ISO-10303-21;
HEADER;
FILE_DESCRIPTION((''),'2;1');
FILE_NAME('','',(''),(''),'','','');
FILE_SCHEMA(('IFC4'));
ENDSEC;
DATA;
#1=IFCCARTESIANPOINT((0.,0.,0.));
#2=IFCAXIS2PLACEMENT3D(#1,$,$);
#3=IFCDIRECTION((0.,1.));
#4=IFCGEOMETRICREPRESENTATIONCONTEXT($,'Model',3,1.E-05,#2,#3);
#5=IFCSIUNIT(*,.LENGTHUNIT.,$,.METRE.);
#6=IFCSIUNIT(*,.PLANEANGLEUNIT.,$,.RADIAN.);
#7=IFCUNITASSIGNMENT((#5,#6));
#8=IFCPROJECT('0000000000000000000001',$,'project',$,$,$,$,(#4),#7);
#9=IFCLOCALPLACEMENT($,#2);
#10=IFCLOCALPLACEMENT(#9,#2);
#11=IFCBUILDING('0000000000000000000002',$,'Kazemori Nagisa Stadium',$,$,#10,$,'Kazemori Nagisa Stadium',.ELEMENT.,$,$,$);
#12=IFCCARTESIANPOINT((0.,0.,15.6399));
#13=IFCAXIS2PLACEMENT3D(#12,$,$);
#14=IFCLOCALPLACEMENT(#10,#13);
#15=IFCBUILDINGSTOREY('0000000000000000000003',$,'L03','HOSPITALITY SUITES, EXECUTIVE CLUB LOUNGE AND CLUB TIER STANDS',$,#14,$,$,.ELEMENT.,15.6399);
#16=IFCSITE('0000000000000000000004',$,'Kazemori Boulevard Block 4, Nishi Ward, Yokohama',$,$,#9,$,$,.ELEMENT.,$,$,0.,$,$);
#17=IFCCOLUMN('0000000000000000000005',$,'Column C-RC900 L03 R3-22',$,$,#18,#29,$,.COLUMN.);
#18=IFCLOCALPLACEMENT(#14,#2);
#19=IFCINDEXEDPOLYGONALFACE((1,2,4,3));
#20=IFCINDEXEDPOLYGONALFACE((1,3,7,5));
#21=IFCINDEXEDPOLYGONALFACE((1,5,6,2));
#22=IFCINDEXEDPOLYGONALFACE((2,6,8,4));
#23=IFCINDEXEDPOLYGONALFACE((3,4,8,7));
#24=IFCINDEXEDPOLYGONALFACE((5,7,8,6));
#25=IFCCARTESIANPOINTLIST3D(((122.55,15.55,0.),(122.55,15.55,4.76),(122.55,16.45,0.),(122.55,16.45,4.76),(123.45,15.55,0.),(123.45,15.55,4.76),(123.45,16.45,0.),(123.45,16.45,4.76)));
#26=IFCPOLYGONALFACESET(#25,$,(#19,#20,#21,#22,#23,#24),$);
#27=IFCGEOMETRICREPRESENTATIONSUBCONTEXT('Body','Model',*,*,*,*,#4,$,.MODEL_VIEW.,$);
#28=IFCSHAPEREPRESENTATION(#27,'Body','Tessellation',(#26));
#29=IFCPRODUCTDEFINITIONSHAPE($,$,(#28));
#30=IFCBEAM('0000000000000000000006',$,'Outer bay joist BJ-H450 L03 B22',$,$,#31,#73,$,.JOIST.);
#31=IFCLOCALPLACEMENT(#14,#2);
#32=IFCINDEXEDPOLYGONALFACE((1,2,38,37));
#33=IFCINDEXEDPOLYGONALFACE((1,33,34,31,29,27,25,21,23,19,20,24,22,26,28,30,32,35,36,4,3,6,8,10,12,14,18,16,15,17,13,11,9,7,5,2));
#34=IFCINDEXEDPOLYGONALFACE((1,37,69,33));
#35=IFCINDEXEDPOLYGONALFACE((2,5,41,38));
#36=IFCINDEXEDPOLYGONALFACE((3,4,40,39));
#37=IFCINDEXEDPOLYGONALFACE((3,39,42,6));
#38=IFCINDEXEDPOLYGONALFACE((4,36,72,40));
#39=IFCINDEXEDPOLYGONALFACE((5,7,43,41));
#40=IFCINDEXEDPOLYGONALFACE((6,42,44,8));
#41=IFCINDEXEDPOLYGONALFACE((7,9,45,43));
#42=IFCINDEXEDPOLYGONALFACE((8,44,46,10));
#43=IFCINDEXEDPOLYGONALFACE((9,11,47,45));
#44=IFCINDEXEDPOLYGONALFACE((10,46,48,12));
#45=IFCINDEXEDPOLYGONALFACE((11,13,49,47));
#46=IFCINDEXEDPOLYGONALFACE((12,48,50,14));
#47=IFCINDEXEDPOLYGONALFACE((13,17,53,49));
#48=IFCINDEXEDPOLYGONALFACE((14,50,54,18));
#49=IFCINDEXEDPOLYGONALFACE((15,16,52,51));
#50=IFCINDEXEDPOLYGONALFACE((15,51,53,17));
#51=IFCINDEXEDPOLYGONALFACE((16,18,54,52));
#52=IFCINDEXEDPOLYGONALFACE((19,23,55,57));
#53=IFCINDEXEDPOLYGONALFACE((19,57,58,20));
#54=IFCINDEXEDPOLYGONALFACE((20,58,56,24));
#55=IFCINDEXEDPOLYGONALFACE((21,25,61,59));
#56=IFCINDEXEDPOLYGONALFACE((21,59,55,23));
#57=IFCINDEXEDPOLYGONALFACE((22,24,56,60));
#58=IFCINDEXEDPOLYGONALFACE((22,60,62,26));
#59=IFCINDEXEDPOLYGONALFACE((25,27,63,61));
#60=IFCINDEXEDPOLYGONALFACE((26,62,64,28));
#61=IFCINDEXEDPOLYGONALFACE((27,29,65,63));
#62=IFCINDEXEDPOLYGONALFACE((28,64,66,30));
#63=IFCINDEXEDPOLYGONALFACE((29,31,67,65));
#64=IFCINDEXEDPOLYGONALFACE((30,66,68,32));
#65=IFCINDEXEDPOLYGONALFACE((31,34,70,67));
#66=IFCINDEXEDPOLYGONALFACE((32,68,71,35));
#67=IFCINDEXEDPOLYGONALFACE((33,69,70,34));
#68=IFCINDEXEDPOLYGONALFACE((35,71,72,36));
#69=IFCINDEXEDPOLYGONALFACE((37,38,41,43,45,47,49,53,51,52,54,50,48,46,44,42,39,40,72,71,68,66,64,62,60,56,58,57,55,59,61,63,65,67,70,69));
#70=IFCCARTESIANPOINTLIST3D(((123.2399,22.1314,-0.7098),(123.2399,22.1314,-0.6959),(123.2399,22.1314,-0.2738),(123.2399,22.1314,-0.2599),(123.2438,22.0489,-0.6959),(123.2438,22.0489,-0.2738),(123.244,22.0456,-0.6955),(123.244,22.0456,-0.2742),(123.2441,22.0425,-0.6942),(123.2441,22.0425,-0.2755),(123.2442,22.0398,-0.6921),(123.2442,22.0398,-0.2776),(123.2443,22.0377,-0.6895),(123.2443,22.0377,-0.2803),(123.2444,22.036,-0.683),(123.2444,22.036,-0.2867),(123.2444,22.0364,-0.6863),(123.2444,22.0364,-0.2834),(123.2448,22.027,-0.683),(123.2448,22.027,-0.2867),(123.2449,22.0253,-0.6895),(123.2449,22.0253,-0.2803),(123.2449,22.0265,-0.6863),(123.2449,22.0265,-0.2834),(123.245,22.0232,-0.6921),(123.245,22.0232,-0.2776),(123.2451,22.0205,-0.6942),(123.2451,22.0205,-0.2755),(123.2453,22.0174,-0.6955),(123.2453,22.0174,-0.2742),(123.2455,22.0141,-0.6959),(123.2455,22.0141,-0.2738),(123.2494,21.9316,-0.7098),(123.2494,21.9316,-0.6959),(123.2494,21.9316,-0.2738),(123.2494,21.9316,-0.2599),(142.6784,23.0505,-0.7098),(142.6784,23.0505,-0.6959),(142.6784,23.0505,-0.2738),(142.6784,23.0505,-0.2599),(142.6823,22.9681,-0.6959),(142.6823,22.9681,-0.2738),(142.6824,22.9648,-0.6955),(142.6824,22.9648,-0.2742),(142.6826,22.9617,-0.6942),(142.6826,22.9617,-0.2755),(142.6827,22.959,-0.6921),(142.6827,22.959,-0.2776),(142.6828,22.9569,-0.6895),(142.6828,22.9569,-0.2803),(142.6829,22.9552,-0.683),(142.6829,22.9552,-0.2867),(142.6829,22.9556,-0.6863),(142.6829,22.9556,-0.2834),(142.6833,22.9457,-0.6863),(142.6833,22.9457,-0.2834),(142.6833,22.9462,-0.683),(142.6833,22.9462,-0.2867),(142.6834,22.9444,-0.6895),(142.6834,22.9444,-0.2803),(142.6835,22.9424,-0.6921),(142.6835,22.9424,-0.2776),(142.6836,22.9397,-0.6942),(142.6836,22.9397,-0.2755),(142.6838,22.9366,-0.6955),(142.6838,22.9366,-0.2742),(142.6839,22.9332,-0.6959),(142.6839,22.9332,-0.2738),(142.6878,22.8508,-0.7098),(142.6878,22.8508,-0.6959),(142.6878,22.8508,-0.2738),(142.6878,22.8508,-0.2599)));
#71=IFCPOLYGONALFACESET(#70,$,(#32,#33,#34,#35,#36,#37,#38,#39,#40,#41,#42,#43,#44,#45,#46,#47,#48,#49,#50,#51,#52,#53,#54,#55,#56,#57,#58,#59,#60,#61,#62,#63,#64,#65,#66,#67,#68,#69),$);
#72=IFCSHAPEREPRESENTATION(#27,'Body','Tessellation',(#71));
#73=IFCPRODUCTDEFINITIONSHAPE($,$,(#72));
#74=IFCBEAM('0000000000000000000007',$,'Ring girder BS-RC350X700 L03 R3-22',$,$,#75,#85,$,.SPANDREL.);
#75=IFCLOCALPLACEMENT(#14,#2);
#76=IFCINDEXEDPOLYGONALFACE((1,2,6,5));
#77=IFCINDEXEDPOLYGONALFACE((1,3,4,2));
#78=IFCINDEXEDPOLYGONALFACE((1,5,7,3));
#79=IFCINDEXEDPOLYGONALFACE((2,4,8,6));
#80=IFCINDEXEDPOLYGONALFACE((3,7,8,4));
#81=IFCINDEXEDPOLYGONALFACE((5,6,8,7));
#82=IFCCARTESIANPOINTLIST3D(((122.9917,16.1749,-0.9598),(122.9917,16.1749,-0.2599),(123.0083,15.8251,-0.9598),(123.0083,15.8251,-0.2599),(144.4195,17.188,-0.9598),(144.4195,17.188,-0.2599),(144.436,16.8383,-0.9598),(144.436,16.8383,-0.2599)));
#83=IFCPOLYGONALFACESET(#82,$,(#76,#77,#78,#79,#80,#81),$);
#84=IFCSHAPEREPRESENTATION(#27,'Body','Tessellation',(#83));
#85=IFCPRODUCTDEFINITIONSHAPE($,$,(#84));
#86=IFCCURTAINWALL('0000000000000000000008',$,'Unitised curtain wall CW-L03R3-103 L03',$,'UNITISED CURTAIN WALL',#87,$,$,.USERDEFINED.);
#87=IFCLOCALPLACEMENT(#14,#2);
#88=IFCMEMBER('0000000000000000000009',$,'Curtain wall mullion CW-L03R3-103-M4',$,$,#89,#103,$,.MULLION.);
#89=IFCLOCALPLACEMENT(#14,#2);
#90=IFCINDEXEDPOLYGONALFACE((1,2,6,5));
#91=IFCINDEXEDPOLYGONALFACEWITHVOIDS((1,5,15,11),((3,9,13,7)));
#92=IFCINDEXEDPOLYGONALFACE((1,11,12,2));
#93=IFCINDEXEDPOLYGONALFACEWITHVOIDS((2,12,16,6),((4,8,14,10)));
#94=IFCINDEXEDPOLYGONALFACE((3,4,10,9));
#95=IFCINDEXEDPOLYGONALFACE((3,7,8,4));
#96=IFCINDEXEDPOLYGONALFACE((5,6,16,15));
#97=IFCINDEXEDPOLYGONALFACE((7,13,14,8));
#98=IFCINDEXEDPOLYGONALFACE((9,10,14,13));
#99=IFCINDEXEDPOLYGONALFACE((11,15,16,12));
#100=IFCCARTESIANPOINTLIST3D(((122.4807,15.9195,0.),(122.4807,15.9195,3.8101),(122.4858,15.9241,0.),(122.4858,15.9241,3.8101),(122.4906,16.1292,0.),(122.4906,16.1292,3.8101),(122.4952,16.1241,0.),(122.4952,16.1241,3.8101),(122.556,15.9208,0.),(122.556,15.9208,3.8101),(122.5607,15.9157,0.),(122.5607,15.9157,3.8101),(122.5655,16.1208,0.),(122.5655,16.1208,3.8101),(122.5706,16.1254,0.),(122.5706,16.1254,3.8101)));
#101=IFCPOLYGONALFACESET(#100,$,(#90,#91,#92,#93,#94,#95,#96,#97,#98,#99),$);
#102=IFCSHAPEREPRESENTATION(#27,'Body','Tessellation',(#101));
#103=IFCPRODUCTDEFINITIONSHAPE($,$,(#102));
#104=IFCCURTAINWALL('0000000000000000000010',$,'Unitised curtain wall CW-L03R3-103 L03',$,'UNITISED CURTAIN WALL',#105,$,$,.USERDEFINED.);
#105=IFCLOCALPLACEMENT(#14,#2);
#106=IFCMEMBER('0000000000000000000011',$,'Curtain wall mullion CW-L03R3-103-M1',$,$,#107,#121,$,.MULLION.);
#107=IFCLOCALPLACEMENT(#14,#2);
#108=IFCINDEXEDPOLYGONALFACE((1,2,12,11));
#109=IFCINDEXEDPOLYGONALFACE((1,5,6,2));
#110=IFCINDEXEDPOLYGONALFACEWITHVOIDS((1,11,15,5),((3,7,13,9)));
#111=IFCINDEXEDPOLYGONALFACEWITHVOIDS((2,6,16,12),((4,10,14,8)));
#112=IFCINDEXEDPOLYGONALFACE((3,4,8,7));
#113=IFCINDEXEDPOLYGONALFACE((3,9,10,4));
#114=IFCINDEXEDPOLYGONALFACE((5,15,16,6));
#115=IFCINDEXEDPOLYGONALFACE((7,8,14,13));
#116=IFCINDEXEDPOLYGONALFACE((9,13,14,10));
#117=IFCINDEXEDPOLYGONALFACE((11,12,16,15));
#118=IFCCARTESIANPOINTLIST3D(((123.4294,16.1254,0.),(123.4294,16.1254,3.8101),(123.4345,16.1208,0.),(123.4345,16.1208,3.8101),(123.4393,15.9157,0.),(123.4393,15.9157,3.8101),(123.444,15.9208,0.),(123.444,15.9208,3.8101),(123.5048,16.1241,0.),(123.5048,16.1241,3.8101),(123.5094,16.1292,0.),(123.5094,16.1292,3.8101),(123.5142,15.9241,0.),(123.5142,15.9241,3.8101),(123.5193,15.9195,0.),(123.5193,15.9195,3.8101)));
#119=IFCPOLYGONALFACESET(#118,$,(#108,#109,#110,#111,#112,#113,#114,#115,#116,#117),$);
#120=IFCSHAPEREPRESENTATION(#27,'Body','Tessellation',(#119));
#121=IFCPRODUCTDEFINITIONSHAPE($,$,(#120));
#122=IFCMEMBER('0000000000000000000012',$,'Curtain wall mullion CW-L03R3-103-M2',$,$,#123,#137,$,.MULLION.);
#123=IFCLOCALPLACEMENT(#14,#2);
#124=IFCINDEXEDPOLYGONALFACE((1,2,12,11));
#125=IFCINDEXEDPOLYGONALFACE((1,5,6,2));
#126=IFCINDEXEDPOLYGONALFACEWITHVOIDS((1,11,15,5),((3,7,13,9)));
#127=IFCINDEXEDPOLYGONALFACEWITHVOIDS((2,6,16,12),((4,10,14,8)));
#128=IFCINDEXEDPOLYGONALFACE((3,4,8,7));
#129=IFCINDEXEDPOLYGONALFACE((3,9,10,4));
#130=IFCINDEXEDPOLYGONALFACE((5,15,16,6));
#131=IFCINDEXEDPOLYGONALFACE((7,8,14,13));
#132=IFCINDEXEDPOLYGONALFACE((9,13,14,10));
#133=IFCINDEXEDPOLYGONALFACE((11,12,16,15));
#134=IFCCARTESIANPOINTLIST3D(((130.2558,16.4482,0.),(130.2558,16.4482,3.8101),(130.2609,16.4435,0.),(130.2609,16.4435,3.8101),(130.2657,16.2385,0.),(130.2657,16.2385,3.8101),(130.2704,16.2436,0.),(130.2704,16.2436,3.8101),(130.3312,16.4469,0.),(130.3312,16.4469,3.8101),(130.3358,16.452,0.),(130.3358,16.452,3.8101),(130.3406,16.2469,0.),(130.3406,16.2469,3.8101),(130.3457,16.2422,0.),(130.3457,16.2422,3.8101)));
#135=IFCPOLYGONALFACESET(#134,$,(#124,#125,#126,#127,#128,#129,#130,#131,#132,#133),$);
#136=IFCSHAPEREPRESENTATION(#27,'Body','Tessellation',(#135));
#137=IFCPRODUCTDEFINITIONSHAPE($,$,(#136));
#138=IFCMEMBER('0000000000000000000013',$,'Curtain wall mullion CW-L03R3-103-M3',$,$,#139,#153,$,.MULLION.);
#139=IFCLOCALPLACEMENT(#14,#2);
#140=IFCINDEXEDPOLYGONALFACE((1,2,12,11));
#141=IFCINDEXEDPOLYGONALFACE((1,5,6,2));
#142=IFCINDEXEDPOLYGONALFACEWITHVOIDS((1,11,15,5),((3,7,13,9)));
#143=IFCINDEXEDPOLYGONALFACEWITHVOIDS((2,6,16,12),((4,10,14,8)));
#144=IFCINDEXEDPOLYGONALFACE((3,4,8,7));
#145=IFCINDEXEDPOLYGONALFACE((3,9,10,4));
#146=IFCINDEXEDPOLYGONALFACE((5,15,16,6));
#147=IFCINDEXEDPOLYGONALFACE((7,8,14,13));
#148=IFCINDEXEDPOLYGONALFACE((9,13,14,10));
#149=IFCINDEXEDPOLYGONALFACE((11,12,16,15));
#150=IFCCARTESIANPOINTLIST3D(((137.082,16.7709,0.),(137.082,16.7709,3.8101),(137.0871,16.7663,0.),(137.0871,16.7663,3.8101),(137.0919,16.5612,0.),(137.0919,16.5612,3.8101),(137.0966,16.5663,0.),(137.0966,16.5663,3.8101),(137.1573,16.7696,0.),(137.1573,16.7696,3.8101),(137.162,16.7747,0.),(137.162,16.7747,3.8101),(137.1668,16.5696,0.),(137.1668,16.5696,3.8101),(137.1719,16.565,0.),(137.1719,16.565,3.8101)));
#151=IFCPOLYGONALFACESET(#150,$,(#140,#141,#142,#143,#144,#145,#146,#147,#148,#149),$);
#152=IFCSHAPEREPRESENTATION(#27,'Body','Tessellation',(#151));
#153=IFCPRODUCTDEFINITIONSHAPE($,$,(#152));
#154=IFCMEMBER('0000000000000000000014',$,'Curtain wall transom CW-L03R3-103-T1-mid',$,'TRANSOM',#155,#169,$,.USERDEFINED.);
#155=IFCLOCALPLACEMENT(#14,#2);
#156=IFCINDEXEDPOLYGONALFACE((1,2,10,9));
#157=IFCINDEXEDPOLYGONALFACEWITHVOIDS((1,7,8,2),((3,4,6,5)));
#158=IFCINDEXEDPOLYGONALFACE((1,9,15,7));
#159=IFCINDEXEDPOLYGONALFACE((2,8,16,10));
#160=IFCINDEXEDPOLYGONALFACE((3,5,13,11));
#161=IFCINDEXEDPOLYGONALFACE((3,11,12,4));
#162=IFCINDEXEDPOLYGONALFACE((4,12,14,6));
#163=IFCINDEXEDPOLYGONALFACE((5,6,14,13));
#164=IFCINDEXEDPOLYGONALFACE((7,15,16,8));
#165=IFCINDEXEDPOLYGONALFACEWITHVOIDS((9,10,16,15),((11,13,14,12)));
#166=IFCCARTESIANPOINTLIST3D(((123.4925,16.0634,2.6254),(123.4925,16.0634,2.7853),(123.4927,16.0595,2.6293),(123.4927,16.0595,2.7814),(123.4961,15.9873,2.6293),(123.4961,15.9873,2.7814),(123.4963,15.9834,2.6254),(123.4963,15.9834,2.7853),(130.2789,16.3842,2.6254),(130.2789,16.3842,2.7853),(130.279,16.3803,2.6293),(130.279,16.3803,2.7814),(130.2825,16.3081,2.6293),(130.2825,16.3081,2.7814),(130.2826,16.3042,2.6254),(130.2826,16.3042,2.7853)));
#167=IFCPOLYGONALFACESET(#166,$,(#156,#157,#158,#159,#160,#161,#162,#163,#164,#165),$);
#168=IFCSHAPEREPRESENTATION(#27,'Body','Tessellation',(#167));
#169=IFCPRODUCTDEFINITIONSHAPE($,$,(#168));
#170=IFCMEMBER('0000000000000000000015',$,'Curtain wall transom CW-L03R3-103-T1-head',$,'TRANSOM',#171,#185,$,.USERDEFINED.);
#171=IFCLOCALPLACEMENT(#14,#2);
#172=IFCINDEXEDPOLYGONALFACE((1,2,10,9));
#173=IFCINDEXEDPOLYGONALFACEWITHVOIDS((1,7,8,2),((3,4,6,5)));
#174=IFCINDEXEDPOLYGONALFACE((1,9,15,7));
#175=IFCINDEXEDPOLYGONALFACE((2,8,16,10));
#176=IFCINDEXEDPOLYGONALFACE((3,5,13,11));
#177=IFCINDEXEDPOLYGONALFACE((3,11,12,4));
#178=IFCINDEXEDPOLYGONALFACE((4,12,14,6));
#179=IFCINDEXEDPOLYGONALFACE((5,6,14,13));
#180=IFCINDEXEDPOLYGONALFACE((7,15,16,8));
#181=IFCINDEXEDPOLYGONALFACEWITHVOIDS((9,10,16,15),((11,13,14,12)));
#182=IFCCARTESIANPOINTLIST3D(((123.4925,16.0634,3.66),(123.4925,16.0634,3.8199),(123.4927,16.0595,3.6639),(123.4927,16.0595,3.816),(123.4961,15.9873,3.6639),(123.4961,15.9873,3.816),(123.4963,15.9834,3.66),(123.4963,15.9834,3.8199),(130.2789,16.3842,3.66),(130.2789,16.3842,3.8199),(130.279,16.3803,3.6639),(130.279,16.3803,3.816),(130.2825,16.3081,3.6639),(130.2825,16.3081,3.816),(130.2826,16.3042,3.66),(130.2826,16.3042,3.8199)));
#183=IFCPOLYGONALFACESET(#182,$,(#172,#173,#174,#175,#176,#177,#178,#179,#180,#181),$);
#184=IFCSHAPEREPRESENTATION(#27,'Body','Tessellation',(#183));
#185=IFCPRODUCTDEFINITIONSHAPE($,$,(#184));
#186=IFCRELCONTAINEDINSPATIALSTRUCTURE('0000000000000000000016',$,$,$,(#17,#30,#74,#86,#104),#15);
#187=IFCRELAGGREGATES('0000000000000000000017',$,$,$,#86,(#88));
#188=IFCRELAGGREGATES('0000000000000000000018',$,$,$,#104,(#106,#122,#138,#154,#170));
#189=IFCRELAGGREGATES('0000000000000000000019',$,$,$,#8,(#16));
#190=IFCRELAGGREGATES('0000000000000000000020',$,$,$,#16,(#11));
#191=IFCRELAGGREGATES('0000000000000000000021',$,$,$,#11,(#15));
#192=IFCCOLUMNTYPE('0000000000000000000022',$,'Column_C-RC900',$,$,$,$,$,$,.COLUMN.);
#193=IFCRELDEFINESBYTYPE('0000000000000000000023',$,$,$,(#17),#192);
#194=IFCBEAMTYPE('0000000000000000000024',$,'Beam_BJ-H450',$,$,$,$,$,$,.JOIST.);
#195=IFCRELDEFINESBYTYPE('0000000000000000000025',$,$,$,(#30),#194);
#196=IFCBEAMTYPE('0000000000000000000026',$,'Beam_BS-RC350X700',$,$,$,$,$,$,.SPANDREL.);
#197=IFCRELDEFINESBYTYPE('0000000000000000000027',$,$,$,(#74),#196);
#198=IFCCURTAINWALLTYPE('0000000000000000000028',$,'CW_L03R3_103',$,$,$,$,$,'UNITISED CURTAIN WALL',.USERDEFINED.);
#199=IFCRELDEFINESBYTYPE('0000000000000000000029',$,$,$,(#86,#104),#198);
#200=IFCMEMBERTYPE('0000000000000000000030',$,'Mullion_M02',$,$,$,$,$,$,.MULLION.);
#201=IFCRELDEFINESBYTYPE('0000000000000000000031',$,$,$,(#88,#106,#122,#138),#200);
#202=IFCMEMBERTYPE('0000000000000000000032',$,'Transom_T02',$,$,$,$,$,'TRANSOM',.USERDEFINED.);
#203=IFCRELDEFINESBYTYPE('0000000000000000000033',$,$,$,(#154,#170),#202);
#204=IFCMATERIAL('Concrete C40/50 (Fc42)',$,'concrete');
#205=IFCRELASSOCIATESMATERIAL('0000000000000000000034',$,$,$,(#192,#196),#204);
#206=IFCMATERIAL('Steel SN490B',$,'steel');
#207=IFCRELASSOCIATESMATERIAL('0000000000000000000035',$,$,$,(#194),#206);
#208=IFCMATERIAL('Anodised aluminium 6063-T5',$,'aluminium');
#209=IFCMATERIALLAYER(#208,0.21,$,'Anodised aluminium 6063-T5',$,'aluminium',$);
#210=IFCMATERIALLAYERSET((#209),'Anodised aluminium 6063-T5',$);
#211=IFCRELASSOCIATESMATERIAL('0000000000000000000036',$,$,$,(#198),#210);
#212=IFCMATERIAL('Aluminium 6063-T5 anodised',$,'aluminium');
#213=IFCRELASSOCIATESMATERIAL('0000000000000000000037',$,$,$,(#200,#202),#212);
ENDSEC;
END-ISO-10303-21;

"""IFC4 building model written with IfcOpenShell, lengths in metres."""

from ifc_helpers import new_model, si_unit, direction, frame, origin, origin_2d, place, context, subcontext, project, spatial, rectangle, hollow_rectangle, i_section, extrude, material, layer, layer_set, material_profile, profile_set, type_object, element, aggregate, save


model = new_model("IFC4")

# Units and contexts
model_context = context("Model", 3, precision=1e-05, world=origin(), true_north=direction((0.0, 1.0)))
body_context = subcontext(model_context, "Body", "Model", "MODEL_VIEW")
ifc_project = project(units=[si_unit("LENGTHUNIT", "METRE"), si_unit("PLANEANGLEUNIT", "RADIAN")], contexts=[model_context])

# Site, building, storey
site_placement = place(None, origin())
site = spatial("IfcSite", under=ifc_project, at=site_placement, Name="Kazemori Boulevard Block 4, Nishi Ward, Yokohama", CompositionType="ELEMENT", RefElevation=0.0)
building_placement = place(site_placement, origin())
building = spatial("IfcBuilding", under=site, at=building_placement, Name="Kazemori Nagisa Stadium", LongName="Kazemori Nagisa Stadium", CompositionType="ELEMENT")
storey_placement = place(building_placement, frame((0.0, 0.0, 15.6399)))
storey = spatial("IfcBuildingStorey", under=building, at=storey_placement, Name="L03", Description="HOSPITALITY SUITES, EXECUTIVE CLUB LOUNGE AND CLUB TIER STANDS", CompositionType="ELEMENT", Elevation=15.6399)

# Column
ifc_material_1 = material(Name="Concrete C40/50 (Fc42)", Category="concrete")
ifc_material_profile_1 = material_profile(ifc_material_1, rectangle(XDim=0.8999, YDim=0.8999, at=origin_2d()), Name="RC-COL-900x900")
ifc_profile_set_1 = profile_set([ifc_material_profile_1], Name="Concrete C40/50 (Fc42)")
column_type = type_object("IfcColumnType", Name="Column_C-RC900", PredefinedType="COLUMN", material=ifc_profile_set_1)
column_placement = place(storey_placement, frame((123.0, 16.0, 0.0), z_axis=(0.0, 0.0, 1.0), x_axis=(0.0, -1.0, 0.0)))
element("IfcColumn", 1, at=column_placement, inside=storey, type_object=column_type, Name="Column C-RC900 L03 R3-22", PredefinedType="COLUMN", context=body_context, shape_type="SweptSolid", body=[
    extrude(rectangle(XDim=0.8999, YDim=0.8999, at=origin_2d()), origin(), (0.0, 0.0, 1.0), 4.76),
])

# Beams
ifc_material_2 = material(Name="Steel SN490B", Category="steel")
ifc_material_profile_2 = material_profile(ifc_material_2, i_section(OverallWidth=0.2, OverallDepth=0.45, WebThickness=0.009, FlangeThickness=0.0139, FilletRadius=0.0129, at=origin_2d()), Name="H-450x200x9x14")
ifc_profile_set_2 = profile_set([ifc_material_profile_2], Name="Steel SN490B")
beam_type_1 = type_object("IfcBeamType", Name="Beam_BJ-H450", PredefinedType="JOIST", material=ifc_profile_set_2)
beam_1_placement = place(storey_placement, frame((123.2446, 22.0315, -0.4849), z_axis=(0.998884, 0.047234, 0.0), x_axis=(-0.047234, 0.998884, 0.0)))
element("IfcBeam", 2, at=beam_1_placement, inside=storey, type_object=beam_type_1, Name="Outer bay joist BJ-H450 L03 B22", PredefinedType="JOIST", context=body_context, shape_type="SweptSolid", body=[
    extrude(i_section(OverallWidth=0.2, OverallDepth=0.45, WebThickness=0.009, FlangeThickness=0.0139, FilletRadius=0.0129, at=origin_2d()), origin(), (0.0, 0.0, 1.0), 19.4602),
])
ifc_material_profile_3 = material_profile(ifc_material_1, rectangle(XDim=0.3501, YDim=0.7, at=origin_2d()), Name="RC-SP-350x700")
ifc_profile_set_3 = profile_set([ifc_material_profile_3], Name="Concrete C40/50 (Fc42)")
beam_type_2 = type_object("IfcBeamType", Name="Beam_BS-RC350X700", PredefinedType="SPANDREL", material=ifc_profile_set_3)
beam_2_placement = place(storey_placement, frame((123.0, 16.0, -0.6099), z_axis=(0.998884, 0.047231, 0.0), x_axis=(-0.047231, 0.998884, 0.0)))
element("IfcBeam", 3, at=beam_2_placement, inside=storey, type_object=beam_type_2, Name="Ring girder BS-RC350X700 L03 R3-22", PredefinedType="SPANDREL", context=body_context, shape_type="SweptSolid", body=[
    extrude(rectangle(XDim=0.3501, YDim=0.7, at=origin_2d()), origin(), (0.0, 0.0, 1.0), 21.4517),
])

# Curtain wall, member
ifc_material_3 = material(Name="Anodised aluminium 6063-T5", Category="aluminium")
ifc_layer_1 = layer(ifc_material_3, 0.21, Name="Anodised aluminium 6063-T5", Category="aluminium")
ifc_layer_set_1 = layer_set([ifc_layer_1], Name="Anodised aluminium 6063-T5")
curtain_wall_type = type_object("IfcCurtainWallType", Name="CW_L03R3_103", ElementType="UNITISED CURTAIN WALL", PredefinedType="USERDEFINED", material=ifc_layer_set_1)
curtain_wall_1_placement = place(storey_placement, origin())
curtain_wall_1 = element("IfcCurtainWall", 4, at=curtain_wall_1_placement, inside=storey, type_object=curtain_wall_type, Name="Unitised curtain wall CW-L03R3-103 L03", ObjectType="UNITISED CURTAIN WALL", PredefinedType="USERDEFINED")
ifc_material_4 = material(Name="Aluminium 6063-T5 anodised", Category="aluminium")
ifc_material_profile_4 = material_profile(ifc_material_4, hollow_rectangle(XDim=0.0801, YDim=0.21, WallThickness=0.0049, at=origin_2d()), Name="ALU-MULL-80x210x5")
ifc_profile_set_4 = profile_set([ifc_material_profile_4], Name="Aluminium 6063-T5 anodised")
member_type_1 = type_object("IfcMemberType", Name="Mullion_M02", PredefinedType="MULLION", material=ifc_profile_set_4)
member_1_placement = place(storey_placement, frame((122.5256, 16.0225, 0.0), z_axis=(0.0, 0.0, 1.0), x_axis=(0.998884, -0.04723, 0.0)))
member_1 = element("IfcMember", 5, at=member_1_placement, type_object=member_type_1, Name="Curtain wall mullion CW-L03R3-103-M4", PredefinedType="MULLION", context=body_context, shape_type="SweptSolid", body=[
    extrude(hollow_rectangle(XDim=0.0801, YDim=0.21, WallThickness=0.0049, at=origin_2d()), origin(), (0.0, 0.0, 1.0), 3.8101),
])

# Curtain wall, members
curtain_wall_2_placement = place(storey_placement, origin())
curtain_wall_2 = element("IfcCurtainWall", 6, at=curtain_wall_2_placement, inside=storey, type_object=curtain_wall_type, Name="Unitised curtain wall CW-L03R3-103 L03", ObjectType="UNITISED CURTAIN WALL", PredefinedType="USERDEFINED")
member_2_placement = place(storey_placement, frame((123.4744, 16.0225, 0.0), z_axis=(0.0, 0.0, 1.0), x_axis=(0.998884, 0.04723, 0.0)))
member_2 = element("IfcMember", 7, at=member_2_placement, type_object=member_type_1, Name="Curtain wall mullion CW-L03R3-103-M1", PredefinedType="MULLION", context=body_context, shape_type="SweptSolid", body=[
    extrude(hollow_rectangle(XDim=0.0801, YDim=0.21, WallThickness=0.0049, at=origin_2d()), origin(), (0.0, 0.0, 1.0), 3.8101),
])
member_3_placement = place(storey_placement, frame((130.3008, 16.3452, 0.0), z_axis=(0.0, 0.0, 1.0), x_axis=(0.998884, 0.04723, 0.0)))
member_3 = element("IfcMember", 8, at=member_3_placement, type_object=member_type_1, Name="Curtain wall mullion CW-L03R3-103-M2", PredefinedType="MULLION", context=body_context, shape_type="SweptSolid", body=[
    extrude(hollow_rectangle(XDim=0.0801, YDim=0.21, WallThickness=0.0049, at=origin_2d()), origin(), (0.0, 0.0, 1.0), 3.8101),
])
member_4_placement = place(storey_placement, frame((137.127, 16.668, 0.0), z_axis=(0.0, 0.0, 1.0), x_axis=(0.998884, 0.04723, 0.0)))
member_4 = element("IfcMember", 9, at=member_4_placement, type_object=member_type_1, Name="Curtain wall mullion CW-L03R3-103-M3", PredefinedType="MULLION", context=body_context, shape_type="SweptSolid", body=[
    extrude(hollow_rectangle(XDim=0.0801, YDim=0.21, WallThickness=0.0049, at=origin_2d()), origin(), (0.0, 0.0, 1.0), 3.8101),
])
ifc_material_profile_5 = material_profile(ifc_material_4, hollow_rectangle(XDim=0.0801, YDim=0.1599, WallThickness=0.0039, at=origin_2d()), Name="ALU-TRAN-80x160x4")
ifc_profile_set_5 = profile_set([ifc_material_profile_5], Name="Aluminium 6063-T5 anodised")
member_type_2 = type_object("IfcMemberType", Name="Transom_T02", ElementType="TRANSOM", PredefinedType="USERDEFINED", material=ifc_profile_set_5)
member_5_placement = place(storey_placement, frame((123.4944, 16.0234, 2.7053), z_axis=(0.998885, 0.047219, 0.0), x_axis=(-0.047219, 0.998885, 0.0)))
member_5 = element("IfcMember", 10, at=member_5_placement, type_object=member_type_2, Name="Curtain wall transom CW-L03R3-103-T1-mid", ObjectType="TRANSOM", PredefinedType="USERDEFINED", context=body_context, shape_type="SweptSolid", body=[
    extrude(hollow_rectangle(XDim=0.0801, YDim=0.1599, WallThickness=0.0039, at=origin_2d()), origin(), (0.0, 0.0, 1.0), 6.7939),
])
member_6_placement = place(storey_placement, frame((123.4944, 16.0234, 3.74), z_axis=(0.998885, 0.047219, 0.0), x_axis=(-0.047219, 0.998885, 0.0)))
member_6 = element("IfcMember", 11, at=member_6_placement, type_object=member_type_2, Name="Curtain wall transom CW-L03R3-103-T1-head", ObjectType="TRANSOM", PredefinedType="USERDEFINED", context=body_context, shape_type="SweptSolid", body=[
    extrude(hollow_rectangle(XDim=0.0801, YDim=0.1599, WallThickness=0.0039, at=origin_2d()), origin(), (0.0, 0.0, 1.0), 6.7939),
])

aggregate(curtain_wall_1, [member_1])
aggregate(curtain_wall_2, [member_2, member_3, member_4, member_5, member_6])

save(model, "model.ifc")
